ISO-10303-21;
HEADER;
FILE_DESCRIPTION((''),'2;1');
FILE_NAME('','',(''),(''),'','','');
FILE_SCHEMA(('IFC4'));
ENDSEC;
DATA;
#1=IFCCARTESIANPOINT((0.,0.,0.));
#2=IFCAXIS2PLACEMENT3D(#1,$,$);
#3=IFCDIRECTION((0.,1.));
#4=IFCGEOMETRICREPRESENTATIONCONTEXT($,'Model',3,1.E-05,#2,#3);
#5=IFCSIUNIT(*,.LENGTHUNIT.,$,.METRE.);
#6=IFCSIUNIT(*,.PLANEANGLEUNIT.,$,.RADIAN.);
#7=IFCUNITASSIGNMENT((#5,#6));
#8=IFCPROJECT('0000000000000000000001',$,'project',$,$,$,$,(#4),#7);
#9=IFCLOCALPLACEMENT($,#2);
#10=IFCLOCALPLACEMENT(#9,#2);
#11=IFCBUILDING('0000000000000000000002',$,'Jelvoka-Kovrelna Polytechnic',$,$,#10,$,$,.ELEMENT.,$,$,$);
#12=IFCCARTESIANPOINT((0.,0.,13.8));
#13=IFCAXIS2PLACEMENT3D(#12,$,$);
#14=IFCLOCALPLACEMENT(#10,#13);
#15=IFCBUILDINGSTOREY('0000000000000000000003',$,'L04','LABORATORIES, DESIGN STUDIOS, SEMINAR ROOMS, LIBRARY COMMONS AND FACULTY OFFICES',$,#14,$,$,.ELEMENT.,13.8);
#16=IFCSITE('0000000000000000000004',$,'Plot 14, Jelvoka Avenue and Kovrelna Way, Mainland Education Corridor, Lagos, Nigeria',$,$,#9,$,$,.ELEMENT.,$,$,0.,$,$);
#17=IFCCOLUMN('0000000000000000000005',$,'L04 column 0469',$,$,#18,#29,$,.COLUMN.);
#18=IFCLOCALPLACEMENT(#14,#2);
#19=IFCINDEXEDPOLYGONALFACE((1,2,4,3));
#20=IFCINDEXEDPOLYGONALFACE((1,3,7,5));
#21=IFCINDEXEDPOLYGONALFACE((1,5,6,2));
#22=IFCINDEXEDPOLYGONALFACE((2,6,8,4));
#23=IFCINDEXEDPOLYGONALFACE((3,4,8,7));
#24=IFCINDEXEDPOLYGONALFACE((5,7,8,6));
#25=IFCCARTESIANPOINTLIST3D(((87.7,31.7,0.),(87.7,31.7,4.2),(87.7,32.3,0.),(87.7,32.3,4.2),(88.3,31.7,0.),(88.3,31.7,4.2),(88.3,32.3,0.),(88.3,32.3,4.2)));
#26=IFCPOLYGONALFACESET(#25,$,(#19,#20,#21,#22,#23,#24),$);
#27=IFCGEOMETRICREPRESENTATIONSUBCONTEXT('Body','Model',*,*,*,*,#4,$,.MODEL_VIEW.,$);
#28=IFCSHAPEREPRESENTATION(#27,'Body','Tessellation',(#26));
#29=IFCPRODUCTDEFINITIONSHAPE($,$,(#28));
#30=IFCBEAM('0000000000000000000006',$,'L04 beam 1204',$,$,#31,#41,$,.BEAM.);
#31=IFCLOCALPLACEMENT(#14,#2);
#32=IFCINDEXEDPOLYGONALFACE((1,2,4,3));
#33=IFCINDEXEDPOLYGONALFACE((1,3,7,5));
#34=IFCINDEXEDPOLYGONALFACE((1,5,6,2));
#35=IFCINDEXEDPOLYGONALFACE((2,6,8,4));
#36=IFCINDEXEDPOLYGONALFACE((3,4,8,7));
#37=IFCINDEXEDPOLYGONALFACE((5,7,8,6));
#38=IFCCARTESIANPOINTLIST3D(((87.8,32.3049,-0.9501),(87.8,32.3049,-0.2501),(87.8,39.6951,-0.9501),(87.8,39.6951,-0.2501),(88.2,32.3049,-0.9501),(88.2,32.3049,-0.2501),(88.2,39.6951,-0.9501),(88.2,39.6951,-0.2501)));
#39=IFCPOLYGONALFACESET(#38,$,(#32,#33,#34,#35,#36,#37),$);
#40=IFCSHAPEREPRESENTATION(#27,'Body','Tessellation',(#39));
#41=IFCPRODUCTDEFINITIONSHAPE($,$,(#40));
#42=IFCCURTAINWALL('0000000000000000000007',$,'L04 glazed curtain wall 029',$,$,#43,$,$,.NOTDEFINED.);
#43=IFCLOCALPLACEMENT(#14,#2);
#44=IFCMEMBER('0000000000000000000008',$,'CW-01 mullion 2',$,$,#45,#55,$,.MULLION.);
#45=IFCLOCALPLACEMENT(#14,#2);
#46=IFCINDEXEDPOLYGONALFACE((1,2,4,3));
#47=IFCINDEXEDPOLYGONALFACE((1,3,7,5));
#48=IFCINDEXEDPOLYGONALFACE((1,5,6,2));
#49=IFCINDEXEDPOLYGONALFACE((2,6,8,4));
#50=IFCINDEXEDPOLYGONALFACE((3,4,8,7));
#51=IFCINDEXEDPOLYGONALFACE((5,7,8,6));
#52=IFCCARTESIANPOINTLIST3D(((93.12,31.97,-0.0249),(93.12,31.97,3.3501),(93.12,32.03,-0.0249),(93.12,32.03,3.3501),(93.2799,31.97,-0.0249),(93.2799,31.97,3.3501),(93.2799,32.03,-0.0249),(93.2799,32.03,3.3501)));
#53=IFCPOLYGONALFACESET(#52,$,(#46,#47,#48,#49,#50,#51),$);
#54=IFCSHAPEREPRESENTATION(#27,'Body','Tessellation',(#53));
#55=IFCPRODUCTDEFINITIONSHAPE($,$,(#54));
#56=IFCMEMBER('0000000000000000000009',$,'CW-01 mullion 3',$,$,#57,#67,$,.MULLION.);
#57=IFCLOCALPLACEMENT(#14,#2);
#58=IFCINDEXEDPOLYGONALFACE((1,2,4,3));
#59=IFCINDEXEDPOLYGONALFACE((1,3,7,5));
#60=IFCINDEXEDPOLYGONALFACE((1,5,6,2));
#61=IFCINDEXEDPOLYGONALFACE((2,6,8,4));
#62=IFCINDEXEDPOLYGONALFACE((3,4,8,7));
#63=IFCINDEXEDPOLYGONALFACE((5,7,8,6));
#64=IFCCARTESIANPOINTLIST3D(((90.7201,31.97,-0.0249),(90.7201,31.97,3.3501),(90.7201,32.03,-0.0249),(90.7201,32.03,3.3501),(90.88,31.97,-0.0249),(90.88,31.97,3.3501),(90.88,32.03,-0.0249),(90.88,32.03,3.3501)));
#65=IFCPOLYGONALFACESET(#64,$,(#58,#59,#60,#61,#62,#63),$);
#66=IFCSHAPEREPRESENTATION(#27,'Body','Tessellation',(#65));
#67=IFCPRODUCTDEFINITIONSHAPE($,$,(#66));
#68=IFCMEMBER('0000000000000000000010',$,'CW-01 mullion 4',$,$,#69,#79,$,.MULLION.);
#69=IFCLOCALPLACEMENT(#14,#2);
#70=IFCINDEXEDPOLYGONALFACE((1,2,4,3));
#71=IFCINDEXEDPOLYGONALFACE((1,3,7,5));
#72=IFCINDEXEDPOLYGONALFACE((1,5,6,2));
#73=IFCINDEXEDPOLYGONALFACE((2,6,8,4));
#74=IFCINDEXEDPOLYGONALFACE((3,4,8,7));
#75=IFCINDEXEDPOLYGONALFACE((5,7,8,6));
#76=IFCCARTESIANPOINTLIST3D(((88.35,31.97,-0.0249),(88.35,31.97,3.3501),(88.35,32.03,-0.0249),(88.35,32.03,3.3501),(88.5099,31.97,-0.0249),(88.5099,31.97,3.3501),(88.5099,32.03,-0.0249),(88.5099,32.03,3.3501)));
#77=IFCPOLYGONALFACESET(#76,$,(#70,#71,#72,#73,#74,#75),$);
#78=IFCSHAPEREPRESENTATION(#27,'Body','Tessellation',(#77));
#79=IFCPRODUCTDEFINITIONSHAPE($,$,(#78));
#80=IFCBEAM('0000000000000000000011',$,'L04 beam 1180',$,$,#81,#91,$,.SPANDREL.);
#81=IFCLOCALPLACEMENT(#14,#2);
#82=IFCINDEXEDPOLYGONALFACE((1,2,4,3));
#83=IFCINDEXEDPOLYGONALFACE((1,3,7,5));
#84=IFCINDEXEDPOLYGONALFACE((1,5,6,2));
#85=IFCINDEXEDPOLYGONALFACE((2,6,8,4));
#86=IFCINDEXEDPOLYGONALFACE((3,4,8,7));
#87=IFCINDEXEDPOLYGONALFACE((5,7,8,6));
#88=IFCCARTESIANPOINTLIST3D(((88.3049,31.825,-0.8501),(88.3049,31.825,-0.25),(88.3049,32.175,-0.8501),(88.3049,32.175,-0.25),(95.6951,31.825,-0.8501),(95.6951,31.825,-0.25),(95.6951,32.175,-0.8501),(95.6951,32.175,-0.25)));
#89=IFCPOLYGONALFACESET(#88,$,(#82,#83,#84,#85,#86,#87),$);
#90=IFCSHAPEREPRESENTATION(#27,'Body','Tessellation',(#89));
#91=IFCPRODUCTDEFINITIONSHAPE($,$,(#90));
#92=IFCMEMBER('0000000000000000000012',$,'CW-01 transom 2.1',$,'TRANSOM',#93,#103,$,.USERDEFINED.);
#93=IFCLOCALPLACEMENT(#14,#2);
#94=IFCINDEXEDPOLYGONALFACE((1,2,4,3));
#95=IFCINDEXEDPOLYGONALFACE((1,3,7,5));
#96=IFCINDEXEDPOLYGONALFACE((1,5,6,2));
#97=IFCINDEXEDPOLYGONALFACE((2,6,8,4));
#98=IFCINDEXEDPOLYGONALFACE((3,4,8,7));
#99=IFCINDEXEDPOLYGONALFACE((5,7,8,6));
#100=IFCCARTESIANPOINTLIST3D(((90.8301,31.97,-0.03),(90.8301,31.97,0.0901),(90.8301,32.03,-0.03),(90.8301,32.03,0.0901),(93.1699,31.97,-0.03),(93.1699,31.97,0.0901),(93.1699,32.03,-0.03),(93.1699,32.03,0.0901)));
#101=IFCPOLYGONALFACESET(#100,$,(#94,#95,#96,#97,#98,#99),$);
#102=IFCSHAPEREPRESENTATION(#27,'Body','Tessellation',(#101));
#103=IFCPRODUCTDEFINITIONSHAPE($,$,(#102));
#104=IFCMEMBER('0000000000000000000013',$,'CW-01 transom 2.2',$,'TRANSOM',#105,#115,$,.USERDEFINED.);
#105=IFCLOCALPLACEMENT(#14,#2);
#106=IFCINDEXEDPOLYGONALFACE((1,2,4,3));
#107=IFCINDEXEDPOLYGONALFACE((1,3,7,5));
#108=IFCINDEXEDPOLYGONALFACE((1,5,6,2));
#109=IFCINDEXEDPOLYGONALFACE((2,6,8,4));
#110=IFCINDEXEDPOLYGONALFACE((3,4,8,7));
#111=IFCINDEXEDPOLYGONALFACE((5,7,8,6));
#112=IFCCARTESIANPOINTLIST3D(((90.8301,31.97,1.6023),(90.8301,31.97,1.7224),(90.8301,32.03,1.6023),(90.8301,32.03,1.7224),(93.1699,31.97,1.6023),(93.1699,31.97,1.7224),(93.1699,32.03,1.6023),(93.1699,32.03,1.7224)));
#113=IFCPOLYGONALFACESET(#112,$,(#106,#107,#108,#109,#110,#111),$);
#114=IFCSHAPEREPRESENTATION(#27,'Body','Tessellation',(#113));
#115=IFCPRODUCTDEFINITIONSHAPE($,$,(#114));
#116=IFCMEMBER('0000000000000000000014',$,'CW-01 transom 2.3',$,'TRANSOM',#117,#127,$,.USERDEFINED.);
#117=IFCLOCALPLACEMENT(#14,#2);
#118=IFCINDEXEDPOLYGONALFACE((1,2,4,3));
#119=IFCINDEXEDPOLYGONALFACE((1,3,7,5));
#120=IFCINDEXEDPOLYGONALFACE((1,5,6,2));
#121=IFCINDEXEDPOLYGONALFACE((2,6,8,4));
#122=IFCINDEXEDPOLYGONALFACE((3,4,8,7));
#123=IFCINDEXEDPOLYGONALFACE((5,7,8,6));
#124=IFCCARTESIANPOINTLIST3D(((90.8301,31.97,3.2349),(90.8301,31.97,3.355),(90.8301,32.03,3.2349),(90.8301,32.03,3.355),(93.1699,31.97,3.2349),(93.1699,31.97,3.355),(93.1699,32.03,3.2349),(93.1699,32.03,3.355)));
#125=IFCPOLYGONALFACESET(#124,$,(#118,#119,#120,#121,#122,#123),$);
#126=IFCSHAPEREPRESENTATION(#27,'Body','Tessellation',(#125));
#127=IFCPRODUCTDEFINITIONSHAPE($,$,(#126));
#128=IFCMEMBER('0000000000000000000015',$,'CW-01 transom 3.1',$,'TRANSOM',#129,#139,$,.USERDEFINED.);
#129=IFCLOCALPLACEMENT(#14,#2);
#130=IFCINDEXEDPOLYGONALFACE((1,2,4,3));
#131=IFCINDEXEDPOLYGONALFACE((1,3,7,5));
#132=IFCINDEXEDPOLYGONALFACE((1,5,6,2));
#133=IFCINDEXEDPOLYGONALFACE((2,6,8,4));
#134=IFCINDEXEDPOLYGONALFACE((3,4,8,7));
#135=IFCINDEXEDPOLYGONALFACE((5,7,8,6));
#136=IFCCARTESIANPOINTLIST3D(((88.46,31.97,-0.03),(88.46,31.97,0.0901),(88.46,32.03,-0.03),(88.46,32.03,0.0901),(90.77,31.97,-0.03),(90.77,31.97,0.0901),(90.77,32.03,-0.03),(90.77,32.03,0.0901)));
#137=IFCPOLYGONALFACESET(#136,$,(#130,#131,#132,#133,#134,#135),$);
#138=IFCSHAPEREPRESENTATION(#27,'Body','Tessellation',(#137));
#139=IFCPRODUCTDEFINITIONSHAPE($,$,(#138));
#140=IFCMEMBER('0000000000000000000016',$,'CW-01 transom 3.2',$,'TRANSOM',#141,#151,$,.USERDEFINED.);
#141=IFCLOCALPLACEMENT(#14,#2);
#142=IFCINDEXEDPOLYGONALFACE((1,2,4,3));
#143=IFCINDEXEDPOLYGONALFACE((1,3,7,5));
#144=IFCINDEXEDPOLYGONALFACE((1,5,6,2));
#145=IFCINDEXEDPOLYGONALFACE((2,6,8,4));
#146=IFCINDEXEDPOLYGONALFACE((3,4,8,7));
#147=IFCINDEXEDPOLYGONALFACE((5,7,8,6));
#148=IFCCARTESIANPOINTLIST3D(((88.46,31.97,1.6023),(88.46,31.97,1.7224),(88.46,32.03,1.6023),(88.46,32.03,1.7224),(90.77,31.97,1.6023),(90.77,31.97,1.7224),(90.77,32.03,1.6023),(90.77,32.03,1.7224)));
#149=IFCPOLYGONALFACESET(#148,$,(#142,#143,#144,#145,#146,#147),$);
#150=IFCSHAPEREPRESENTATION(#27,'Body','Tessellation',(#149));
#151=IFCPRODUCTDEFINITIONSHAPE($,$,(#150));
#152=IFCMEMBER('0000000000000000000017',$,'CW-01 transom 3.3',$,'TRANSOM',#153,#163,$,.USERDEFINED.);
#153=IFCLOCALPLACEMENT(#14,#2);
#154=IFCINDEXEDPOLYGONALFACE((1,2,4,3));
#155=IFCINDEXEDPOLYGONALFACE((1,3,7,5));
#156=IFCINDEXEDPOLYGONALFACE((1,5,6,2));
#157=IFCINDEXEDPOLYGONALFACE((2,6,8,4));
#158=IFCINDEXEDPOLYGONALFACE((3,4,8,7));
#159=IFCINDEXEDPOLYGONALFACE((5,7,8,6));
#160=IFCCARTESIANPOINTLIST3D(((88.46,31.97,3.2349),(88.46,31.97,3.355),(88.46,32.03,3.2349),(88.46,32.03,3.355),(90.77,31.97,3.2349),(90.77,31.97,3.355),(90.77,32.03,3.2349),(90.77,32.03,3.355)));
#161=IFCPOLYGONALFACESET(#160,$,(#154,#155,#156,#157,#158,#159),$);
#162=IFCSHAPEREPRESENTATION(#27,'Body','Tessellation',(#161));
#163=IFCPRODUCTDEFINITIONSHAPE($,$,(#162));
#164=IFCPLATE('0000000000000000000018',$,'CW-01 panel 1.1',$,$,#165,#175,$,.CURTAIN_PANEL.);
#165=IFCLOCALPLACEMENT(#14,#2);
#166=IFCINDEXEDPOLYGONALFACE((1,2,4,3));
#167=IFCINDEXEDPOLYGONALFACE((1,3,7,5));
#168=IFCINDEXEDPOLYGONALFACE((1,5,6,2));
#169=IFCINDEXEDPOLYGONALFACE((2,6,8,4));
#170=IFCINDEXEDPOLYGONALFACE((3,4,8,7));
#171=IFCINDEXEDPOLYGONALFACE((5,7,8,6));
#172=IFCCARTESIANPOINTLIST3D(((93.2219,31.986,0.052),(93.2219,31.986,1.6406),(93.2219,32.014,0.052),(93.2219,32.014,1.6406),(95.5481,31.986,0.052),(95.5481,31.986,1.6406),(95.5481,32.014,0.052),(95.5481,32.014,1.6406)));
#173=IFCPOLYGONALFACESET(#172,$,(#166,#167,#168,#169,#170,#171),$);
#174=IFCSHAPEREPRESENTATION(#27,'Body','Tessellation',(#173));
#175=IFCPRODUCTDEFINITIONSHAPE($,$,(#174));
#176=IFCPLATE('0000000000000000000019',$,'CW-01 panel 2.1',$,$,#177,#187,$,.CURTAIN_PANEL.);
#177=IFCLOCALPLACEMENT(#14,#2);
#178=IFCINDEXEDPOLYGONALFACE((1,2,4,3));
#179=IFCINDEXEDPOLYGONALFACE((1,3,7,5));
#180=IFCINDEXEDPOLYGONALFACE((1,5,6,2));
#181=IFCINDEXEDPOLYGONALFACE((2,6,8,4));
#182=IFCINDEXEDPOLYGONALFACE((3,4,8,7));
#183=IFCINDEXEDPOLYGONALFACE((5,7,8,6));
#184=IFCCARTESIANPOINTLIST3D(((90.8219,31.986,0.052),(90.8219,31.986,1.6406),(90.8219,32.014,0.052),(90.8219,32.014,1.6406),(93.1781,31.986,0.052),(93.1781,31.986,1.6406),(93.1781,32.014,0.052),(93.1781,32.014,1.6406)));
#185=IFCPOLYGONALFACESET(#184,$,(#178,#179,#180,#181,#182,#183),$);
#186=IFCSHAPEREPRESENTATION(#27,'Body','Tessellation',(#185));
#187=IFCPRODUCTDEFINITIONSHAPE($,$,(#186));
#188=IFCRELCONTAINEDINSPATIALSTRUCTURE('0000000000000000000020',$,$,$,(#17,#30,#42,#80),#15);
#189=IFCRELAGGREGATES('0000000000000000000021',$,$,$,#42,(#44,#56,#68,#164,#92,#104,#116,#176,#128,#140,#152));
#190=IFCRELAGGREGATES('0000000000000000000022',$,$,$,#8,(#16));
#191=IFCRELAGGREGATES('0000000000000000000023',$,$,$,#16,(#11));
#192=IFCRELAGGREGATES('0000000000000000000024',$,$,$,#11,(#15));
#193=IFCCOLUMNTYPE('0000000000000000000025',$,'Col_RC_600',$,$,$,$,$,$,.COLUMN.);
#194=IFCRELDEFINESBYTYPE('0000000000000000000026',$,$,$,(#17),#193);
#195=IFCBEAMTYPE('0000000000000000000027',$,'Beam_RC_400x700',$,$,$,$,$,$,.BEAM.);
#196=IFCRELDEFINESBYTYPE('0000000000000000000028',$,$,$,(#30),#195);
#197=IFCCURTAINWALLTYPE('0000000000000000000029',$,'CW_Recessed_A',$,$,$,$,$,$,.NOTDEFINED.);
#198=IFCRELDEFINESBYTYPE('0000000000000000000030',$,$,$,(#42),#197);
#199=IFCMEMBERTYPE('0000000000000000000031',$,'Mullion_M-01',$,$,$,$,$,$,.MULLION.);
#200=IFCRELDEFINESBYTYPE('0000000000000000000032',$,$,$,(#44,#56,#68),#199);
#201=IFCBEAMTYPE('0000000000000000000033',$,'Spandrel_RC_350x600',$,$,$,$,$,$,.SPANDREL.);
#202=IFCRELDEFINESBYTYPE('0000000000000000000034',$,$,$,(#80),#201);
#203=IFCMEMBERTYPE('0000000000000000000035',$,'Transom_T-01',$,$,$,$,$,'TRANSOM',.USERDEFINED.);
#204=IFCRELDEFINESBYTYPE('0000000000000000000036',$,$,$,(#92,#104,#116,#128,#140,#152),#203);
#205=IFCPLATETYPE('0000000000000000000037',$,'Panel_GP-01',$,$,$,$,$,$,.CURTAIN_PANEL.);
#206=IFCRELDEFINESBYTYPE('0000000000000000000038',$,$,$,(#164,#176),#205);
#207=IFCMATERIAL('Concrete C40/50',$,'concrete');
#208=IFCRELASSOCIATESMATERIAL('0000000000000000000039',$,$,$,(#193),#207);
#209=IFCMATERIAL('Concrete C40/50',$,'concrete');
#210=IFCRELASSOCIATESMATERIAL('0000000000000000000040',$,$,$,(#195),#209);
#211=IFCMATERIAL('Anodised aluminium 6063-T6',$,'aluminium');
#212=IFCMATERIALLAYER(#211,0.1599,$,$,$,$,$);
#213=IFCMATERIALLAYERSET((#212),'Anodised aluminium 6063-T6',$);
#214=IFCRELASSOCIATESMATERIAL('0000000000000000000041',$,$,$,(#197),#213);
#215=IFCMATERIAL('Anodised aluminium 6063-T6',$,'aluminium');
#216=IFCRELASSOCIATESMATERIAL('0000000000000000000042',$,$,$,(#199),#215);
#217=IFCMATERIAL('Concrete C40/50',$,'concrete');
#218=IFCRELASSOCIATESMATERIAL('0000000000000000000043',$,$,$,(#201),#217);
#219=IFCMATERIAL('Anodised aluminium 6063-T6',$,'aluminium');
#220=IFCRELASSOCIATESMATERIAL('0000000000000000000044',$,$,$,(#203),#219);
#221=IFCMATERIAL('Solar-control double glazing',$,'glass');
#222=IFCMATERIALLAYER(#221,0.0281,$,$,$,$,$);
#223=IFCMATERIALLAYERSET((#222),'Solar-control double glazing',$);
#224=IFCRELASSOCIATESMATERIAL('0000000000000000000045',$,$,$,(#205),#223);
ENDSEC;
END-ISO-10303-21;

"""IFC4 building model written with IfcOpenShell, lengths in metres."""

from ifc_helpers import new_model, si_unit, direction, frame, origin, origin_2d, place, context, subcontext, project, spatial, rectangle, extrude, material, layer, layer_set, material_profile, profile_set, type_object, element, aggregate, save


model = new_model("IFC4")

# Units and contexts
model_context = context("Model", 3, precision=1e-05, world=origin(), true_north=direction((0.0, 1.0)))
body_context = subcontext(model_context, "Body", "Model", "MODEL_VIEW")
ifc_project = project(units=[si_unit("LENGTHUNIT", "METRE"), si_unit("PLANEANGLEUNIT", "RADIAN")], contexts=[model_context])

# Site, building, storey
site_placement = place(None, origin())
site = spatial("IfcSite", under=ifc_project, at=site_placement, Name="Plot 14, Jelvoka Avenue and Kovrelna Way, Mainland Education Corridor, Lagos, Nigeria", CompositionType="ELEMENT", RefElevation=0.0)
building_placement = place(site_placement, origin())
building = spatial("IfcBuilding", under=site, at=building_placement, Name="Jelvoka-Kovrelna Polytechnic", CompositionType="ELEMENT")
storey_placement = place(building_placement, frame((0.0, 0.0, 13.8)))
storey = spatial("IfcBuildingStorey", under=building, at=storey_placement, Name="L04", Description="LABORATORIES, DESIGN STUDIOS, SEMINAR ROOMS, LIBRARY COMMONS AND FACULTY OFFICES", CompositionType="ELEMENT", Elevation=13.8)

# Column
ifc_material_1 = material(Name="Concrete C40/50", Category="concrete")
ifc_material_profile_1 = material_profile(ifc_material_1, rectangle(XDim=0.6001, YDim=0.6001, at=origin_2d()), Name="RC 600x600")
ifc_profile_set_1 = profile_set([ifc_material_profile_1], Name="Concrete C40/50")
column_type = type_object("IfcColumnType", Name="Col_RC_600", PredefinedType="COLUMN", material=ifc_profile_set_1)
column_placement = place(storey_placement, frame((88.0, 32.0, 0.0), z_axis=(0.0, 0.0, 1.0), x_axis=(1.0, 0.0, 0.0)))
element("IfcColumn", 1, at=column_placement, inside=storey, type_object=column_type, Name="L04 column 0469", PredefinedType="COLUMN", context=body_context, shape_type="SweptSolid", body=[
    extrude(rectangle(XDim=0.6001, YDim=0.6001, at=origin_2d()), origin(), (0.0, 0.0, 1.0), 4.2),
])

# Beam
ifc_material_2 = material(Name="Concrete C40/50", Category="concrete")
ifc_material_profile_2 = material_profile(ifc_material_2, rectangle(XDim=0.3999, YDim=0.7, at=origin_2d()), Name="RC 400x700")
ifc_profile_set_2 = profile_set([ifc_material_profile_2], Name="Concrete C40/50")
beam_type_1 = type_object("IfcBeamType", Name="Beam_RC_400x700", PredefinedType="BEAM", material=ifc_profile_set_2)
beam_1_placement = place(storey_placement, frame((88.0, 32.3049, -0.6001), z_axis=(0.0, 1.0, 0.0), x_axis=(-1.0, 0.0, 0.0)))
element("IfcBeam", 2, at=beam_1_placement, inside=storey, type_object=beam_type_1, Name="L04 beam 1204", PredefinedType="BEAM", context=body_context, shape_type="SweptSolid", body=[
    extrude(rectangle(XDim=0.3999, YDim=0.7, at=origin_2d()), origin(), (0.0, 0.0, 1.0), 7.3901),
])

# Curtain wall, members
ifc_material_3 = material(Name="Anodised aluminium 6063-T6", Category="aluminium")
ifc_layer_1 = layer(ifc_material_3, 0.1599)
ifc_layer_set_1 = layer_set([ifc_layer_1], Name="Anodised aluminium 6063-T6")
curtain_wall_type = type_object("IfcCurtainWallType", Name="CW_Recessed_A", PredefinedType="NOTDEFINED", material=ifc_layer_set_1)
curtain_wall_placement = place(storey_placement, origin())
curtain_wall = element("IfcCurtainWall", 3, at=curtain_wall_placement, inside=storey, type_object=curtain_wall_type, Name="L04 glazed curtain wall 029", PredefinedType="NOTDEFINED")
ifc_material_4 = material(Name="Anodised aluminium 6063-T6", Category="aluminium")
ifc_material_profile_3 = material_profile(ifc_material_4, rectangle(XDim=0.0601, YDim=0.1599, at=origin_2d()), Name="ALU 60x160")
ifc_profile_set_3 = profile_set([ifc_material_profile_3], Name="Anodised aluminium 6063-T6")
member_type_1 = type_object("IfcMemberType", Name="Mullion_M-01", PredefinedType="MULLION", material=ifc_profile_set_3)
member_1_placement = place(storey_placement, frame((93.2, 32.0, -0.0249), z_axis=(0.0, 0.0, 1.0), x_axis=(0.0, -1.0, 0.0)))
member_1 = element("IfcMember", 4, at=member_1_placement, type_object=member_type_1, Name="CW-01 mullion 2", PredefinedType="MULLION", context=body_context, shape_type="SweptSolid", body=[
    extrude(rectangle(XDim=0.0601, YDim=0.1599, at=origin_2d()), origin(), (0.0, 0.0, 1.0), 3.375),
])
member_2_placement = place(storey_placement, frame((90.8, 32.0, -0.0249), z_axis=(0.0, 0.0, 1.0), x_axis=(0.0, -1.0, 0.0)))
member_2 = element("IfcMember", 5, at=member_2_placement, type_object=member_type_1, Name="CW-01 mullion 3", PredefinedType="MULLION", context=body_context, shape_type="SweptSolid", body=[
    extrude(rectangle(XDim=0.0601, YDim=0.1599, at=origin_2d()), origin(), (0.0, 0.0, 1.0), 3.375),
])
member_3_placement = place(storey_placement, frame((88.4299, 32.0, -0.0249), z_axis=(0.0, 0.0, 1.0), x_axis=(0.0, -1.0, 0.0)))
member_3 = element("IfcMember", 6, at=member_3_placement, type_object=member_type_1, Name="CW-01 mullion 4", PredefinedType="MULLION", context=body_context, shape_type="SweptSolid", body=[
    extrude(rectangle(XDim=0.0601, YDim=0.1599, at=origin_2d()), origin(), (0.0, 0.0, 1.0), 3.375),
])

# Beam
ifc_material_5 = material(Name="Concrete C40/50", Category="concrete")
ifc_material_profile_4 = material_profile(ifc_material_5, rectangle(XDim=0.3501, YDim=0.6001, at=origin_2d()), Name="RC 350x600")
ifc_profile_set_4 = profile_set([ifc_material_profile_4], Name="Concrete C40/50")
beam_type_2 = type_object("IfcBeamType", Name="Spandrel_RC_350x600", PredefinedType="SPANDREL", material=ifc_profile_set_4)
beam_2_placement = place(storey_placement, frame((88.3049, 32.0, -0.55), z_axis=(1.0, 0.0, 0.0), x_axis=(0.0, 1.0, 0.0)))
element("IfcBeam", 7, at=beam_2_placement, inside=storey, type_object=beam_type_2, Name="L04 beam 1180", PredefinedType="SPANDREL", context=body_context, shape_type="SweptSolid", body=[
    extrude(rectangle(XDim=0.3501, YDim=0.6001, at=origin_2d()), origin(), (0.0, 0.0, 1.0), 7.3901),
])

# Members
ifc_material_6 = material(Name="Anodised aluminium 6063-T6", Category="aluminium")
ifc_material_profile_5 = material_profile(ifc_material_6, rectangle(XDim=0.0601, YDim=0.1201, at=origin_2d()), Name="ALU 60x120")
ifc_profile_set_5 = profile_set([ifc_material_profile_5], Name="Anodised aluminium 6063-T6")
member_type_2 = type_object("IfcMemberType", Name="Transom_T-01", ElementType="TRANSOM", PredefinedType="USERDEFINED", material=ifc_profile_set_5)
member_4_placement = place(storey_placement, frame((93.1699, 32.0, 0.03), z_axis=(-1.0, 0.0, 0.0), x_axis=(0.0, -1.0, 0.0)))
member_4 = element("IfcMember", 8, at=member_4_placement, type_object=member_type_2, Name="CW-01 transom 2.1", ObjectType="TRANSOM", PredefinedType="USERDEFINED", context=body_context, shape_type="SweptSolid", body=[
    extrude(rectangle(XDim=0.0601, YDim=0.1201, at=origin_2d()), origin(), (0.0, 0.0, 1.0), 2.3398),
])
member_5_placement = place(storey_placement, frame((93.1699, 32.0, 1.6624), z_axis=(-1.0, 0.0, 0.0), x_axis=(0.0, -1.0, 0.0)))
member_5 = element("IfcMember", 9, at=member_5_placement, type_object=member_type_2, Name="CW-01 transom 2.2", ObjectType="TRANSOM", PredefinedType="USERDEFINED", context=body_context, shape_type="SweptSolid", body=[
    extrude(rectangle(XDim=0.0601, YDim=0.1201, at=origin_2d()), origin(), (0.0, 0.0, 1.0), 2.3398),
])
member_6_placement = place(storey_placement, frame((93.1699, 32.0, 3.2949), z_axis=(-1.0, 0.0, 0.0), x_axis=(0.0, -1.0, 0.0)))
member_6 = element("IfcMember", 10, at=member_6_placement, type_object=member_type_2, Name="CW-01 transom 2.3", ObjectType="TRANSOM", PredefinedType="USERDEFINED", context=body_context, shape_type="SweptSolid", body=[
    extrude(rectangle(XDim=0.0601, YDim=0.1201, at=origin_2d()), origin(), (0.0, 0.0, 1.0), 2.3398),
])
member_7_placement = place(storey_placement, frame((90.77, 32.0, 0.03), z_axis=(-1.0, 0.0, 0.0), x_axis=(0.0, -1.0, 0.0)))
member_7 = element("IfcMember", 11, at=member_7_placement, type_object=member_type_2, Name="CW-01 transom 3.1", ObjectType="TRANSOM", PredefinedType="USERDEFINED", context=body_context, shape_type="SweptSolid", body=[
    extrude(rectangle(XDim=0.0601, YDim=0.1201, at=origin_2d()), origin(), (0.0, 0.0, 1.0), 2.3101),
])
member_8_placement = place(storey_placement, frame((90.77, 32.0, 1.6624), z_axis=(-1.0, 0.0, 0.0), x_axis=(0.0, -1.0, 0.0)))
member_8 = element("IfcMember", 12, at=member_8_placement, type_object=member_type_2, Name="CW-01 transom 3.2", ObjectType="TRANSOM", PredefinedType="USERDEFINED", context=body_context, shape_type="SweptSolid", body=[
    extrude(rectangle(XDim=0.0601, YDim=0.1201, at=origin_2d()), origin(), (0.0, 0.0, 1.0), 2.3101),
])
member_9_placement = place(storey_placement, frame((90.77, 32.0, 3.2949), z_axis=(-1.0, 0.0, 0.0), x_axis=(0.0, -1.0, 0.0)))
member_9 = element("IfcMember", 13, at=member_9_placement, type_object=member_type_2, Name="CW-01 transom 3.3", ObjectType="TRANSOM", PredefinedType="USERDEFINED", context=body_context, shape_type="SweptSolid", body=[
    extrude(rectangle(XDim=0.0601, YDim=0.1201, at=origin_2d()), origin(), (0.0, 0.0, 1.0), 2.3101),
])

# Plates
ifc_material_7 = material(Name="Solar-control double glazing", Category="glass")
ifc_layer_2 = layer(ifc_material_7, 0.0281)
ifc_layer_set_2 = layer_set([ifc_layer_2], Name="Solar-control double glazing")
plate_type = type_object("IfcPlateType", Name="Panel_GP-01", PredefinedType="CURTAIN_PANEL", material=ifc_layer_set_2)
plate_1_placement = place(storey_placement, frame((94.385, 32.0, 0.052), z_axis=(0.0, 0.0, 1.0), x_axis=(-1.0, 0.0, 0.0)))
plate_1 = element("IfcPlate", 14, at=plate_1_placement, type_object=plate_type, Name="CW-01 panel 1.1", PredefinedType="CURTAIN_PANEL", context=body_context, shape_type="SweptSolid", body=[
    extrude(rectangle(XDim=2.3262, YDim=0.0281, at=origin_2d()), origin(), (0.0, 0.0, 1.0), 1.5886),
])
plate_2_placement = place(storey_placement, frame((92.0, 32.0, 0.052), z_axis=(0.0, 0.0, 1.0), x_axis=(-1.0, 0.0, 0.0)))
plate_2 = element("IfcPlate", 15, at=plate_2_placement, type_object=plate_type, Name="CW-01 panel 2.1", PredefinedType="CURTAIN_PANEL", context=body_context, shape_type="SweptSolid", body=[
    extrude(rectangle(XDim=2.3562, YDim=0.0281, at=origin_2d()), origin(), (0.0, 0.0, 1.0), 1.5886),
])
aggregate(curtain_wall, [member_1, member_2, member_3, plate_1, member_4, member_5, member_6, plate_2, member_7, member_8, member_9])

save(model, "model.ifc")
